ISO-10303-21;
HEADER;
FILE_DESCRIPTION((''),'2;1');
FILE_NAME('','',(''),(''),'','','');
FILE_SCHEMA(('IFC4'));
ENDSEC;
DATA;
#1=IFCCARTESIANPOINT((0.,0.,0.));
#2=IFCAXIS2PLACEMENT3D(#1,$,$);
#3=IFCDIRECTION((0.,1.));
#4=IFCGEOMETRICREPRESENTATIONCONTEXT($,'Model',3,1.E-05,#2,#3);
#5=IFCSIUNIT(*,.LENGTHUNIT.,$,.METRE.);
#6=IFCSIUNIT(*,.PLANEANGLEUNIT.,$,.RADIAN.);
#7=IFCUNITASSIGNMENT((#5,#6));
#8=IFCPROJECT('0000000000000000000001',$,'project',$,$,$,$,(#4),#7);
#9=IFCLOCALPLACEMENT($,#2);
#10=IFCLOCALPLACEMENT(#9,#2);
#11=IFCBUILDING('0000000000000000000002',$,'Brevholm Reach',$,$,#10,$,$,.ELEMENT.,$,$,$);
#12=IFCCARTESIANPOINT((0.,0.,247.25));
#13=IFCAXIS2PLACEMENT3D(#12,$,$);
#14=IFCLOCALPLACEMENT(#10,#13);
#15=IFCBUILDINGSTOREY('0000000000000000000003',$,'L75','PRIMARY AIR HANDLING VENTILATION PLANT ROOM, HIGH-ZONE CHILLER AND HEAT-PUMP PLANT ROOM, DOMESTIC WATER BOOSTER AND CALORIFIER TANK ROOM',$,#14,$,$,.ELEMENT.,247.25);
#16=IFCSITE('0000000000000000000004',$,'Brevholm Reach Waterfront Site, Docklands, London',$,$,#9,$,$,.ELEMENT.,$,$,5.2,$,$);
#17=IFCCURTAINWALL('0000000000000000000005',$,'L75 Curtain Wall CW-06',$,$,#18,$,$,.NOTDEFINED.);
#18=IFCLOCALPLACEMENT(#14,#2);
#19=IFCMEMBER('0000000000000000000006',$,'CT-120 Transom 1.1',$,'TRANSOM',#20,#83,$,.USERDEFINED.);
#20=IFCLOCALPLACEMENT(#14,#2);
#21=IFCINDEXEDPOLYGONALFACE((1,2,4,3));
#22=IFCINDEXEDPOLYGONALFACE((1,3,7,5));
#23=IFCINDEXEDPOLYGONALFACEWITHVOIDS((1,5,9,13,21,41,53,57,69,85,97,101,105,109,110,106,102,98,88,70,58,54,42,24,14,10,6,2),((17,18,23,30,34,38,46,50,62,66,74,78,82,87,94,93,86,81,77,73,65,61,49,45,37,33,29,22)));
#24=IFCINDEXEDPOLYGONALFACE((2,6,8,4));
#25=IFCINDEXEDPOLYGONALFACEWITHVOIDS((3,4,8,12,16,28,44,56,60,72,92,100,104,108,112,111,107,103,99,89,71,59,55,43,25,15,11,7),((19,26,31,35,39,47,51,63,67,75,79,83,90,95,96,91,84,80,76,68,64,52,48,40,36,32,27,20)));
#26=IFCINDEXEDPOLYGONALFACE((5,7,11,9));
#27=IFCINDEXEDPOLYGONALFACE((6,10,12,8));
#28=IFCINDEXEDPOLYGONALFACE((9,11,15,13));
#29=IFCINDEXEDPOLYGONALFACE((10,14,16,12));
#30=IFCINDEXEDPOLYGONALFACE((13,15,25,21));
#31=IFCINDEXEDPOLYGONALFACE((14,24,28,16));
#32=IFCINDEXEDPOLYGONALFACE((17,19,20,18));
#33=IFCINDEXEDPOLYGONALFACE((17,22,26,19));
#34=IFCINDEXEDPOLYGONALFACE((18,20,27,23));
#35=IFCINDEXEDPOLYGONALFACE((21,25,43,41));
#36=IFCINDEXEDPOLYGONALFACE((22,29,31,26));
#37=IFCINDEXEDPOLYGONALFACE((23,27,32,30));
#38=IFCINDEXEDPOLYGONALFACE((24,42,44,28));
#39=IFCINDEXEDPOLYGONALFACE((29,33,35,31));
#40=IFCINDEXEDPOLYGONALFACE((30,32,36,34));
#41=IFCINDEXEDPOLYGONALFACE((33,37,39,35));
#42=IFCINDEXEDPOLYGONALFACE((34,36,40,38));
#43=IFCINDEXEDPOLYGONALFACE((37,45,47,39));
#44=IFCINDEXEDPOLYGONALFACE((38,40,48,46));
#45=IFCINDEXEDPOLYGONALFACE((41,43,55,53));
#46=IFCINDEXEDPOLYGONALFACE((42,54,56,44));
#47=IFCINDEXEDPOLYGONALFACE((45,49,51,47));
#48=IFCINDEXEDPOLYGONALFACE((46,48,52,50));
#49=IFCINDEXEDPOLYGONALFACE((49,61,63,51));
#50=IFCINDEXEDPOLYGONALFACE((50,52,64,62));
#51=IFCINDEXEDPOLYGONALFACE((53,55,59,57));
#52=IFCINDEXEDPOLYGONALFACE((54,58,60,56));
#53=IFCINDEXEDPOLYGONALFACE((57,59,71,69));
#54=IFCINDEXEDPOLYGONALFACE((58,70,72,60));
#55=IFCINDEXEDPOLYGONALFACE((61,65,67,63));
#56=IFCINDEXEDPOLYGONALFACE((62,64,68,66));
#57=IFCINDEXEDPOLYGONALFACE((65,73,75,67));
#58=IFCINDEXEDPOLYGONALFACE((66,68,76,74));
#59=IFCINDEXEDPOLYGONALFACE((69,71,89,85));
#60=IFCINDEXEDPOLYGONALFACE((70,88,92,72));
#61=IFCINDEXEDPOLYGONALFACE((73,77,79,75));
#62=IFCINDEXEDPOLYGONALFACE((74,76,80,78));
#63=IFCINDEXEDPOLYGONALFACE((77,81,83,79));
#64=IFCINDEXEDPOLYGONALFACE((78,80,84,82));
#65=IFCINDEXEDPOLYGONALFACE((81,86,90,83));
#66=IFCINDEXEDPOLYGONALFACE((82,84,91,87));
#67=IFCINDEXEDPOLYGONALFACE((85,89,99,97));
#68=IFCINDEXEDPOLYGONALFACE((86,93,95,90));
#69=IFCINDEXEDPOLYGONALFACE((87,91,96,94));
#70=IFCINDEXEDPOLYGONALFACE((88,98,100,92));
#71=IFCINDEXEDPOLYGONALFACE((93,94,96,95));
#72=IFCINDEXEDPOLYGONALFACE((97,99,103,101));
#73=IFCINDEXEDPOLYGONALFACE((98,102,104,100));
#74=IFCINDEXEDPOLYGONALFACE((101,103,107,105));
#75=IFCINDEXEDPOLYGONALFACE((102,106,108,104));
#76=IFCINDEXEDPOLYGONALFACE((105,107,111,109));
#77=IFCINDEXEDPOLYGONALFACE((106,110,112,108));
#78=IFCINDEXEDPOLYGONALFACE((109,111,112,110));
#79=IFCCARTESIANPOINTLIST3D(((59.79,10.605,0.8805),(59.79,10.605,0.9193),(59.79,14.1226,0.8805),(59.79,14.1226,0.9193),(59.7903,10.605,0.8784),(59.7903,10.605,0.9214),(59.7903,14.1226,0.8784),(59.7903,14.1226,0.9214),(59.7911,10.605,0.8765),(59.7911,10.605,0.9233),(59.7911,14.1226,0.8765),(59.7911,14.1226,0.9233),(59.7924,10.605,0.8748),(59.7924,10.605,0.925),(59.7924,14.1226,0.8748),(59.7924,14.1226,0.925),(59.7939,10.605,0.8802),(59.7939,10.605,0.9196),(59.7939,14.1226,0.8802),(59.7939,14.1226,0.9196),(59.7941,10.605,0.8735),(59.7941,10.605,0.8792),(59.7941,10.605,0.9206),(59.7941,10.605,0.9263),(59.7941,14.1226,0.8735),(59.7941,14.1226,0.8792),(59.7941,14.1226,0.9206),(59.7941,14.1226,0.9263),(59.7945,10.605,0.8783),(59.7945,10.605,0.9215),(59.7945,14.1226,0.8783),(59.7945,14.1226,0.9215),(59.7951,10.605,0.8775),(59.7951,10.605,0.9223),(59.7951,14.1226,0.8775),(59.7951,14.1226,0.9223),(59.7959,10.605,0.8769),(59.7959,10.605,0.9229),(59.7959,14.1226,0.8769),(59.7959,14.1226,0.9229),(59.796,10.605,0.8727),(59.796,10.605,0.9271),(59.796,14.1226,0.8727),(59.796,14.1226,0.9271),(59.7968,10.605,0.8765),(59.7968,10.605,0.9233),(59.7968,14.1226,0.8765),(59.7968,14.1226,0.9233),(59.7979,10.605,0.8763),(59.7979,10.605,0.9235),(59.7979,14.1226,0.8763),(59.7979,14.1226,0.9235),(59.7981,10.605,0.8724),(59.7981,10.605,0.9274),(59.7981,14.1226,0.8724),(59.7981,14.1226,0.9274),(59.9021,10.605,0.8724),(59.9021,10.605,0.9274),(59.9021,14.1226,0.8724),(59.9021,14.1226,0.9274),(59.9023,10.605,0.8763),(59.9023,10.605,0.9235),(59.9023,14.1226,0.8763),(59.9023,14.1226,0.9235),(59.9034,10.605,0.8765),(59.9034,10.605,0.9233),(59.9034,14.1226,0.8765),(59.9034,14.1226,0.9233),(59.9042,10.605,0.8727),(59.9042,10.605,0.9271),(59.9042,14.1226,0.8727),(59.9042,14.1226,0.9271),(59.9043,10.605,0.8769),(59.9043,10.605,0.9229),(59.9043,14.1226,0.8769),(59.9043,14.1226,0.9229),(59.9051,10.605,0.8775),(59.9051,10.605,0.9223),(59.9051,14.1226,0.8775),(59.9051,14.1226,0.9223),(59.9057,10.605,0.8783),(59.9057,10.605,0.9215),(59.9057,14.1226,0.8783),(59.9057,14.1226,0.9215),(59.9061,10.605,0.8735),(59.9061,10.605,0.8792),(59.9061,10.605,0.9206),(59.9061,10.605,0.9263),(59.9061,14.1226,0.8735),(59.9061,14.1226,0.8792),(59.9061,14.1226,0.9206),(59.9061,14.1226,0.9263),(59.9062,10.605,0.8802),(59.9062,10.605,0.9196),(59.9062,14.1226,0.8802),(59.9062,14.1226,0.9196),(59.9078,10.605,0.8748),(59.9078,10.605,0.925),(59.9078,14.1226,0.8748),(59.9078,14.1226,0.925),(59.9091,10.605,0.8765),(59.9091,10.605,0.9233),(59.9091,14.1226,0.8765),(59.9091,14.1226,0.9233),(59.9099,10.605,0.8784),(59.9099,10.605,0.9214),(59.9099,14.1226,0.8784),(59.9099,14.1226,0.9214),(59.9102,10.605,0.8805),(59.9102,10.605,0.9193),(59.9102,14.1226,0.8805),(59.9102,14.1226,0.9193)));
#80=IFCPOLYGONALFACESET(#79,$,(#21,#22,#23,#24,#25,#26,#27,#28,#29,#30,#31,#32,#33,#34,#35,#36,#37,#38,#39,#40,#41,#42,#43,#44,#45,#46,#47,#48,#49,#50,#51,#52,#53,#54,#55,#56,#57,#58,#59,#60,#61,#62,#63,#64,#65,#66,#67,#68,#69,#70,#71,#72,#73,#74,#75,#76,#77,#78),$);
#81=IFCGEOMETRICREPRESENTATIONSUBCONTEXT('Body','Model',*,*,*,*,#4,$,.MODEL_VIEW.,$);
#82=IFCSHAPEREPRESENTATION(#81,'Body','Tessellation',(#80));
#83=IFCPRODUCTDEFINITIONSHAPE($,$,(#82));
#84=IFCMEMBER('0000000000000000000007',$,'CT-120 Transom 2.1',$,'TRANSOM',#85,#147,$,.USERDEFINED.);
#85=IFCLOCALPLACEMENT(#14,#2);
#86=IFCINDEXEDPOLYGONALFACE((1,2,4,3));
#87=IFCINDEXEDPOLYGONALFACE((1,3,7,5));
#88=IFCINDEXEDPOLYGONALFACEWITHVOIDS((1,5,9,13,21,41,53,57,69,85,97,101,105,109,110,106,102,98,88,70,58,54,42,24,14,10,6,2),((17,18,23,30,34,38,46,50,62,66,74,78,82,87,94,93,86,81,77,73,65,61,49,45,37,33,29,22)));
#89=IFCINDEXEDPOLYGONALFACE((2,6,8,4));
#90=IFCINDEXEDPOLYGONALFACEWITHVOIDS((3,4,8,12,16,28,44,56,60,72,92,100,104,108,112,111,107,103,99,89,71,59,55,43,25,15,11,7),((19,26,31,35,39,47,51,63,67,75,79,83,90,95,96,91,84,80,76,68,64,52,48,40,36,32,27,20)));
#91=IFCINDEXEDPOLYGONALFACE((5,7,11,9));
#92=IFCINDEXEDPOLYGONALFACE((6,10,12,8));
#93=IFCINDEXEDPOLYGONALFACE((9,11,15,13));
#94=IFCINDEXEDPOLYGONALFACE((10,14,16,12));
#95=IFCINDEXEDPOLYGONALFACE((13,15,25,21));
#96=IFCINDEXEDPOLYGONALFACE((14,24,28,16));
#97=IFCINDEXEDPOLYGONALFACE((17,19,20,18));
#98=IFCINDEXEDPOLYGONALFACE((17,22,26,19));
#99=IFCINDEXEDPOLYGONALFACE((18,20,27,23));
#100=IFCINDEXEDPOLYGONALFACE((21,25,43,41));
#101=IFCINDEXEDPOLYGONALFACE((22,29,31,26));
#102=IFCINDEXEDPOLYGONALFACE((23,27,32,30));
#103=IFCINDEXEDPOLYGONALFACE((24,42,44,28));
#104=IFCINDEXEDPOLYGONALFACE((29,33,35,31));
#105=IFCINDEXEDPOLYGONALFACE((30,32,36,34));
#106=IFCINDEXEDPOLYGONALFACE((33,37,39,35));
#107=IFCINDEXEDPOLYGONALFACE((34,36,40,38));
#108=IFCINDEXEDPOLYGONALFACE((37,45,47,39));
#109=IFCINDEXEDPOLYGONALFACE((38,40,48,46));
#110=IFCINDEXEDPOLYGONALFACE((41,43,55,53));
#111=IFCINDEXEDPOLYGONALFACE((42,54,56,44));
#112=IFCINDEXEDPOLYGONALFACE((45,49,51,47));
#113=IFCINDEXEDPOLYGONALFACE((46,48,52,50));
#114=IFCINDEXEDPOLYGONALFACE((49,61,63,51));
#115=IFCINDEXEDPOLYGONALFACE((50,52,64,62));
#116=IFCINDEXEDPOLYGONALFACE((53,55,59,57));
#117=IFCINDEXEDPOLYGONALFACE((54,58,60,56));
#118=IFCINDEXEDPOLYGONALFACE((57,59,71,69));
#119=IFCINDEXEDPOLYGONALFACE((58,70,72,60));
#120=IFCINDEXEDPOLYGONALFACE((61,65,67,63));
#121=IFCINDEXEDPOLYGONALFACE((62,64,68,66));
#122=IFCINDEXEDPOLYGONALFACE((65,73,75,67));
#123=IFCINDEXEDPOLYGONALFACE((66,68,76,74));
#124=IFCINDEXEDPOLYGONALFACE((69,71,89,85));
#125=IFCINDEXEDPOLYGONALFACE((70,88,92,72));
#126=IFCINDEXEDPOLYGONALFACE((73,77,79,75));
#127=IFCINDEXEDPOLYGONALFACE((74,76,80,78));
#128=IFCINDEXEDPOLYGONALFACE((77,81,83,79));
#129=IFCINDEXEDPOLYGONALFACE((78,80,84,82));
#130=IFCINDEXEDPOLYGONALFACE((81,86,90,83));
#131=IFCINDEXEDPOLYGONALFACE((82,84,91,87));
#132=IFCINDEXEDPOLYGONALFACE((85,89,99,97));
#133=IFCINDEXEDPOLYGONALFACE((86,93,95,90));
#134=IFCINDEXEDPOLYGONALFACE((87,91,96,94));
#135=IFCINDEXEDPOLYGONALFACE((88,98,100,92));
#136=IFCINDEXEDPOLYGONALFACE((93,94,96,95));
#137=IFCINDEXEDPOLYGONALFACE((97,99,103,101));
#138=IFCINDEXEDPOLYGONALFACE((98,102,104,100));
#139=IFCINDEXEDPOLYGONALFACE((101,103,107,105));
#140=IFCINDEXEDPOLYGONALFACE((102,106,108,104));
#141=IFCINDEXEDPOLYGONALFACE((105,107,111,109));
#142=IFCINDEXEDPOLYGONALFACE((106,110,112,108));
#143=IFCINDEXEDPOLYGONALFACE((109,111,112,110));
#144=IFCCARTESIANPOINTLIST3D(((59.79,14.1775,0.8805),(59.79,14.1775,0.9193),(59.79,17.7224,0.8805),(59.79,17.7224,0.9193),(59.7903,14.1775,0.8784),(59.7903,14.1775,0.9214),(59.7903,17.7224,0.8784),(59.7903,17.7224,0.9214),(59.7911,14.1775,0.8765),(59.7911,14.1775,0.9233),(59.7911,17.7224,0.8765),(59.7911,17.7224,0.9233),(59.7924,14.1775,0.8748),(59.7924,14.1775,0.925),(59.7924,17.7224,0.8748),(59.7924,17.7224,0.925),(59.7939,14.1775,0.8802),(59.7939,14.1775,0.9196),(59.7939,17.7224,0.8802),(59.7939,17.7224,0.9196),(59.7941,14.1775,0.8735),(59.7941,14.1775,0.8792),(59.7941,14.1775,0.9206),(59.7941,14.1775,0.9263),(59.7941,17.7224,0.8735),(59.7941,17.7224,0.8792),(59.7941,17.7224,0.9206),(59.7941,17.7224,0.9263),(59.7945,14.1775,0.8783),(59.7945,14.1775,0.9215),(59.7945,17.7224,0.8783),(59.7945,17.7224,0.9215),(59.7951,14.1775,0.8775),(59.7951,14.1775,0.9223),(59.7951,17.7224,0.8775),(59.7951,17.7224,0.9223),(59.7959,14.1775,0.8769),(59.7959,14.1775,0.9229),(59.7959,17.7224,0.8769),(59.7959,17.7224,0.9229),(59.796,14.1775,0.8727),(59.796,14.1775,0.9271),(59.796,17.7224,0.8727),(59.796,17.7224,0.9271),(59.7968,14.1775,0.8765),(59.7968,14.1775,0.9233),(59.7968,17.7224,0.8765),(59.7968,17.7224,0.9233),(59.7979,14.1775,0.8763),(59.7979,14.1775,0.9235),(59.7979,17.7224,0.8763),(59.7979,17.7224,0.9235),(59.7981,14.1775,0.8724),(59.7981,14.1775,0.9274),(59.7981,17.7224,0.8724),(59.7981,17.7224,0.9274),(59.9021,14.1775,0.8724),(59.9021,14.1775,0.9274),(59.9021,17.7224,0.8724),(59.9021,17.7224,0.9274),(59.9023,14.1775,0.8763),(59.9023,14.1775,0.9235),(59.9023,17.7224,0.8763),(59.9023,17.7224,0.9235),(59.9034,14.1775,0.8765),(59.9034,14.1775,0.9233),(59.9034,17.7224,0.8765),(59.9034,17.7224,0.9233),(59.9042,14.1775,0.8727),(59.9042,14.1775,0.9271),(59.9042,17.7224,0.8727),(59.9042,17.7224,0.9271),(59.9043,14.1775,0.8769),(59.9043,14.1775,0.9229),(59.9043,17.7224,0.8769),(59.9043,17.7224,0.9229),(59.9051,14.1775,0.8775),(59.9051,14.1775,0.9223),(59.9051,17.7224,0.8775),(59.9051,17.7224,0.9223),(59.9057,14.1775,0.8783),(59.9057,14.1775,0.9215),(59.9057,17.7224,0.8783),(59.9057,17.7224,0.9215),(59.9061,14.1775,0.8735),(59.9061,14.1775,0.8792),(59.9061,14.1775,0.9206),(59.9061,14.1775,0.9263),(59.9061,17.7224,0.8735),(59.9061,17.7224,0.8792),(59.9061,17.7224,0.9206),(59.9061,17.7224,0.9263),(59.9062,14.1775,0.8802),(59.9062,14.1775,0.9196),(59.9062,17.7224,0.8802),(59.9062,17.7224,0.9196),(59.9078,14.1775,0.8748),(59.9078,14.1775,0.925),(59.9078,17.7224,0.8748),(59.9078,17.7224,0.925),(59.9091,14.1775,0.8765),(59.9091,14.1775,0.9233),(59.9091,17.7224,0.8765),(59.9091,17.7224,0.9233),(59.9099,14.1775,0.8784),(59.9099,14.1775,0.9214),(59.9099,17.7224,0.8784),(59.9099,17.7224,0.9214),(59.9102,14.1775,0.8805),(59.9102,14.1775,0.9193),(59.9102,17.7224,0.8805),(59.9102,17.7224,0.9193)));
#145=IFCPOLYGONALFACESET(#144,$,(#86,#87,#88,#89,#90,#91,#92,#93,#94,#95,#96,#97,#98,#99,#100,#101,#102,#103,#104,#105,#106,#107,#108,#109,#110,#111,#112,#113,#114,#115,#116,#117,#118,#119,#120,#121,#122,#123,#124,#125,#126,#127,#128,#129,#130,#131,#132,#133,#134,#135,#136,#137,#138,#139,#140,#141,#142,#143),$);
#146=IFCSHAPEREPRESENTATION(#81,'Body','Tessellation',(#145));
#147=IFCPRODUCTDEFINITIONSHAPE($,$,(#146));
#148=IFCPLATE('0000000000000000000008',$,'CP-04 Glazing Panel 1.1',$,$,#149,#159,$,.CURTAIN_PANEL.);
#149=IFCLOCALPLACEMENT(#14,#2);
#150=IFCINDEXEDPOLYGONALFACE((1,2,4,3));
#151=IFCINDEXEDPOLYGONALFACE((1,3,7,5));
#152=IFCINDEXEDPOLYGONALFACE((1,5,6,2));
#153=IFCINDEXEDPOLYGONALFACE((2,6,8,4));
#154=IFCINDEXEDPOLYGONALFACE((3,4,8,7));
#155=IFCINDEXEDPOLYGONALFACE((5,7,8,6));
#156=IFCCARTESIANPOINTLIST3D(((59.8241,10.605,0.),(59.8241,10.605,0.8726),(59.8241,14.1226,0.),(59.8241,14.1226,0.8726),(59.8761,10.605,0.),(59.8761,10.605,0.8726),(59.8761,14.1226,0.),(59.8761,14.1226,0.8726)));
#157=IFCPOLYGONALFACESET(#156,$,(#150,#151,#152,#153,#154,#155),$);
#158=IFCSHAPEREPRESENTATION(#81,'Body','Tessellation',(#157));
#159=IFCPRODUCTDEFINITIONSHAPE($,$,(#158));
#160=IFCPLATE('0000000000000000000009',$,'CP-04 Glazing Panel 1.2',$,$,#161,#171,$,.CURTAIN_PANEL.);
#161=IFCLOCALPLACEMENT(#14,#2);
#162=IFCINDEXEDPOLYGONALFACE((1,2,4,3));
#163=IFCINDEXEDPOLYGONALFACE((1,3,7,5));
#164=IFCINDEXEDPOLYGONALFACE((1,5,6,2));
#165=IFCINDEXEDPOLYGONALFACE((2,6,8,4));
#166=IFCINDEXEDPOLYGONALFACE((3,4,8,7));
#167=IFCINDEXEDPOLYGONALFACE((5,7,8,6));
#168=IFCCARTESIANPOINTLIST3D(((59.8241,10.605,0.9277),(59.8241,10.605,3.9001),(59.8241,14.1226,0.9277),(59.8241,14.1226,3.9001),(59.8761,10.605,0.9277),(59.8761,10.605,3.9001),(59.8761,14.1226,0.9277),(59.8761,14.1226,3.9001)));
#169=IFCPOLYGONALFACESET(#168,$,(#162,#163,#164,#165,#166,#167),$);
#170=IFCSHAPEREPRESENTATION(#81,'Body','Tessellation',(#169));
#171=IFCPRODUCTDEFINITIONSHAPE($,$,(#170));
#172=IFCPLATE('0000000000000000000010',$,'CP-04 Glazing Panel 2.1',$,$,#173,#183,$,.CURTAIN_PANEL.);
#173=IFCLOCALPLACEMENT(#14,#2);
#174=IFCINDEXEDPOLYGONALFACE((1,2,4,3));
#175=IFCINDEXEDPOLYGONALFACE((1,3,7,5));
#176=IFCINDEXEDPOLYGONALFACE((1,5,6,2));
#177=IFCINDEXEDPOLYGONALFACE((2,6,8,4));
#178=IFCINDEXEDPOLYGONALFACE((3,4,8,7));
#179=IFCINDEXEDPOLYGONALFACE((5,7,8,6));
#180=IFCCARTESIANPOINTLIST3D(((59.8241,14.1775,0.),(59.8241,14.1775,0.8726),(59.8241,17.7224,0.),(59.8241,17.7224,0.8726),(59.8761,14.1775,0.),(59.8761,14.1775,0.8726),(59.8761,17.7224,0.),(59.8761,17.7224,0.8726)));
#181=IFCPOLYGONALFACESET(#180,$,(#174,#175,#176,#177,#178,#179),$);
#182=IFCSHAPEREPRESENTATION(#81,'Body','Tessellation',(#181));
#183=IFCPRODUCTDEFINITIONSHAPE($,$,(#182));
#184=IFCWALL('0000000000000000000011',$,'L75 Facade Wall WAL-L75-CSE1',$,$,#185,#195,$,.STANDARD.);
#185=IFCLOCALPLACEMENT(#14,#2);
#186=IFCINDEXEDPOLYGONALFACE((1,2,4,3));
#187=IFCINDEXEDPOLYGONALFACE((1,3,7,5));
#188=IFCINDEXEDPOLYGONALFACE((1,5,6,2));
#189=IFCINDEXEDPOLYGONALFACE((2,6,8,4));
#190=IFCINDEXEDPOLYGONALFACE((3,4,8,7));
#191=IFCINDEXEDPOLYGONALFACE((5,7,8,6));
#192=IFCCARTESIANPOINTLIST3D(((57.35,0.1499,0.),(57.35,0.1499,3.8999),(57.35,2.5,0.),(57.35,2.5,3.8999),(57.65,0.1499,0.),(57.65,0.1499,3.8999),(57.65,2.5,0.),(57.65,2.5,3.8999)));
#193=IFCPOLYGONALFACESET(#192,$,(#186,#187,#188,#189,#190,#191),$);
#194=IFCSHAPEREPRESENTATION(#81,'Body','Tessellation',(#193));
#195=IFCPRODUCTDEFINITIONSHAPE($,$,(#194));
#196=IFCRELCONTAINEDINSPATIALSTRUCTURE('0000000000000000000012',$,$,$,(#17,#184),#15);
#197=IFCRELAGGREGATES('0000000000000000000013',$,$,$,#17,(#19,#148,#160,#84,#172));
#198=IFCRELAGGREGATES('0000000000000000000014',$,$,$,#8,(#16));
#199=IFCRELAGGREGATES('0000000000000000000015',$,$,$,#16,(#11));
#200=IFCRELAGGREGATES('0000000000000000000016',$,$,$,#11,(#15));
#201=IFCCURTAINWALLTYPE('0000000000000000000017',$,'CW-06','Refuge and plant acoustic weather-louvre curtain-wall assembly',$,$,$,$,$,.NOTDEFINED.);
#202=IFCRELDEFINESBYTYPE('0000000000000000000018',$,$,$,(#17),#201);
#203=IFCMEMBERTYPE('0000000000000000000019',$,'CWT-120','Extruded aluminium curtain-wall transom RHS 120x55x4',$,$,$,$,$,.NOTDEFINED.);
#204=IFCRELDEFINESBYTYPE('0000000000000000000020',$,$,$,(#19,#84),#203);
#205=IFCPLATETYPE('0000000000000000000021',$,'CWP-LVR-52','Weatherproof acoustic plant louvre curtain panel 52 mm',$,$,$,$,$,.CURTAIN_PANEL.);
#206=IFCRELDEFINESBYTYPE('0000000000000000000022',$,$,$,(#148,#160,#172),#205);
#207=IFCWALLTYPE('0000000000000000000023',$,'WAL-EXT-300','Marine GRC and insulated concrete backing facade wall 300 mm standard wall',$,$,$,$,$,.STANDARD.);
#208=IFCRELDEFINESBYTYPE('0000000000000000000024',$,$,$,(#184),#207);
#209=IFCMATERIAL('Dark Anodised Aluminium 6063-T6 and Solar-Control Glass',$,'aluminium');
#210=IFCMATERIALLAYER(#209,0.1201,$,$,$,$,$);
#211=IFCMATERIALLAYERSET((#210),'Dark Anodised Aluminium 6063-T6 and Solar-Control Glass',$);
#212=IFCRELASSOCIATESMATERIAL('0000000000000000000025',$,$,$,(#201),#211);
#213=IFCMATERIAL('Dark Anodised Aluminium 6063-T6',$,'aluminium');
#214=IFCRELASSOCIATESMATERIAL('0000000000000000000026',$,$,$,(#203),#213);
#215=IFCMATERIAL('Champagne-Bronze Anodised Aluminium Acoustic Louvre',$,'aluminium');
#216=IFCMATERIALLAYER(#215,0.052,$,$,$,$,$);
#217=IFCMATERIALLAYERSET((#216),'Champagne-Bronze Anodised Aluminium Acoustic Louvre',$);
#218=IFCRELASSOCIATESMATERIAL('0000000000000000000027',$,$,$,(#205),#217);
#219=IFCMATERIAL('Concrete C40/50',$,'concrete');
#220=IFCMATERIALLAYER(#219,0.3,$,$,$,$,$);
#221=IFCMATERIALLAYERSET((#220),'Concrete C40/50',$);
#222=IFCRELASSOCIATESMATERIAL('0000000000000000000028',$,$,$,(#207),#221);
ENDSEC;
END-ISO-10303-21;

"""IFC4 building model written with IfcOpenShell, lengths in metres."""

from ifc_helpers import new_model, si_unit, direction, frame, frame_2d, origin, origin_2d, place, context, subcontext, project, spatial, rectangle, hollow_rectangle, extrude, material, layer, layer_set, material_profile, profile_set, type_object, element, aggregate, save


model = new_model("IFC4")

# Units and contexts
model_context = context("Model", 3, precision=1e-05, world=origin(), true_north=direction((0.0, 1.0)))
body_context = subcontext(model_context, "Body", "Model", "MODEL_VIEW")
ifc_project = project(units=[si_unit("LENGTHUNIT", "METRE"), si_unit("PLANEANGLEUNIT", "RADIAN")], contexts=[model_context])

# Site, building, storey
site_placement = place(None, origin())
site = spatial("IfcSite", under=ifc_project, at=site_placement, Name="Brevholm Reach Waterfront Site, Docklands, London", CompositionType="ELEMENT", RefElevation=5.2)
building_placement = place(site_placement, origin())
building = spatial("IfcBuilding", under=site, at=building_placement, Name="Brevholm Reach", CompositionType="ELEMENT")
storey_placement = place(building_placement, frame((0.0, 0.0, 247.25)))
storey = spatial("IfcBuildingStorey", under=building, at=storey_placement, Name="L75", Description="PRIMARY AIR HANDLING VENTILATION PLANT ROOM, HIGH-ZONE CHILLER AND HEAT-PUMP PLANT ROOM, DOMESTIC WATER BOOSTER AND CALORIFIER TANK ROOM", CompositionType="ELEMENT", Elevation=247.25)

# Curtain wall, members, plates
ifc_material_1 = material(Name="Dark Anodised Aluminium 6063-T6 and Solar-Control Glass", Category="aluminium")
ifc_layer_1 = layer(ifc_material_1, 0.1201)
ifc_layer_set_1 = layer_set([ifc_layer_1], Name="Dark Anodised Aluminium 6063-T6 and Solar-Control Glass")
curtain_wall_type = type_object("IfcCurtainWallType", Name="CW-06", Description="Refuge and plant acoustic weather-louvre curtain-wall assembly", PredefinedType="NOTDEFINED", material=ifc_layer_set_1)
curtain_wall_placement = place(storey_placement, origin())
curtain_wall = element("IfcCurtainWall", 1, at=curtain_wall_placement, inside=storey, type_object=curtain_wall_type, Name="L75 Curtain Wall CW-06", PredefinedType="NOTDEFINED")
ifc_material_2 = material(Name="Dark Anodised Aluminium 6063-T6", Category="aluminium")
ifc_material_profile_1 = material_profile(ifc_material_2, hollow_rectangle(XDim=0.0549, YDim=0.1201, WallThickness=0.0039, InnerFilletRadius=0.0039, OuterFilletRadius=0.0081, at=origin_2d()), Name="RHS 120x55x4")
ifc_profile_set_1 = profile_set([ifc_material_profile_1], Name="Dark Anodised Aluminium 6063-T6")
member_type_1 = type_object("IfcMemberType", Name="CWT-120", Description="Extruded aluminium curtain-wall transom RHS 120x55x4", PredefinedType="NOTDEFINED", material=ifc_profile_set_1)
member_1_placement = place(storey_placement, frame((59.8501, 10.605, 0.8999), z_axis=(0.0, 1.0, 0.0), x_axis=(0.0, 0.0, 1.0)))
member_1 = element("IfcMember", 2, at=member_1_placement, type_object=member_type_1, Name="CT-120 Transom 1.1", ObjectType="TRANSOM", PredefinedType="USERDEFINED", context=body_context, shape_type="SweptSolid", body=[
    extrude(hollow_rectangle(XDim=0.0549, YDim=0.1201, WallThickness=0.0039, InnerFilletRadius=0.0039, OuterFilletRadius=0.0081, at=origin_2d()), origin(), (0.0, 0.0, 1.0), 3.5176),
])
member_2_placement = place(storey_placement, frame((59.8501, 14.1775, 0.8999), z_axis=(0.0, 1.0, 0.0), x_axis=(0.0, 0.0, 1.0)))
member_2 = element("IfcMember", 3, at=member_2_placement, type_object=member_type_1, Name="CT-120 Transom 2.1", ObjectType="TRANSOM", PredefinedType="USERDEFINED", context=body_context, shape_type="SweptSolid", body=[
    extrude(hollow_rectangle(XDim=0.0549, YDim=0.1201, WallThickness=0.0039, InnerFilletRadius=0.0039, OuterFilletRadius=0.0081, at=origin_2d()), origin(), (0.0, 0.0, 1.0), 3.5449),
])
ifc_material_3 = material(Name="Champagne-Bronze Anodised Aluminium Acoustic Louvre", Category="aluminium")
ifc_layer_2 = layer(ifc_material_3, 0.052)
ifc_layer_set_2 = layer_set([ifc_layer_2], Name="Champagne-Bronze Anodised Aluminium Acoustic Louvre")
plate_type = type_object("IfcPlateType", Name="CWP-LVR-52", Description="Weatherproof acoustic plant louvre curtain panel 52 mm", PredefinedType="CURTAIN_PANEL", material=ifc_layer_set_2)
plate_1_placement = place(storey_placement, frame((59.8501, 12.3638, 0.0), z_axis=(0.0, 0.0, 1.0), x_axis=(0.0, 1.0, 0.0)))
plate_1 = element("IfcPlate", 4, at=plate_1_placement, type_object=plate_type, Name="CP-04 Glazing Panel 1.1", PredefinedType="CURTAIN_PANEL", context=body_context, shape_type="SweptSolid", body=[
    extrude(rectangle(XDim=3.5176, YDim=0.052, at=origin_2d()), origin(), (0.0, 0.0, 1.0), 0.8726),
])
plate_2_placement = place(storey_placement, frame((59.8501, 12.3638, 0.9277), z_axis=(0.0, 0.0, 1.0), x_axis=(0.0, 1.0, 0.0)))
plate_2 = element("IfcPlate", 5, at=plate_2_placement, type_object=plate_type, Name="CP-04 Glazing Panel 1.2", PredefinedType="CURTAIN_PANEL", context=body_context, shape_type="SweptSolid", body=[
    extrude(rectangle(XDim=3.5176, YDim=0.052, at=origin_2d()), origin(), (0.0, 0.0, 1.0), 2.9724),
])
plate_3_placement = place(storey_placement, frame((59.8501, 15.95, 0.0), z_axis=(0.0, 0.0, 1.0), x_axis=(0.0, 1.0, 0.0)))
plate_3 = element("IfcPlate", 6, at=plate_3_placement, type_object=plate_type, Name="CP-04 Glazing Panel 2.1", PredefinedType="CURTAIN_PANEL", context=body_context, shape_type="SweptSolid", body=[
    extrude(rectangle(XDim=3.5449, YDim=0.052, at=origin_2d()), origin(), (0.0, 0.0, 1.0), 0.8726),
])
aggregate(curtain_wall, [member_1, plate_1, plate_2, member_2, plate_3])

# Wall
ifc_material_4 = material(Name="Concrete C40/50", Category="concrete")
ifc_layer_3 = layer(ifc_material_4, 0.3)
ifc_layer_set_3 = layer_set([ifc_layer_3], Name="Concrete C40/50")
wall_type_1 = type_object("IfcWallType", Name="WAL-EXT-300", Description="Marine GRC and insulated concrete backing facade wall 300 mm standard wall", PredefinedType="STANDARD", material=ifc_layer_set_3)
for number, where, z_axis, x_axis, name in (
    (7, (57.5, 0.1499, 0.0), (0.0, 0.0, 1.0), (0.0, 1.0, 0.0), "L75 Facade Wall WAL-L75-CSE1"),
):
    element("IfcWall", number, at=place(storey_placement, frame(where, z_axis=z_axis, x_axis=x_axis)), inside=storey, type_object=wall_type_1, Name=name, PredefinedType="STANDARD", context=body_context, shape_type="SweptSolid", body=[
        extrude(rectangle(XDim=2.3501, YDim=0.3, at=frame_2d((1.175, 0.0))), origin(), (0.0, 0.0, 1.0), 3.8999),
    ])

save(model, "model.ifc")
